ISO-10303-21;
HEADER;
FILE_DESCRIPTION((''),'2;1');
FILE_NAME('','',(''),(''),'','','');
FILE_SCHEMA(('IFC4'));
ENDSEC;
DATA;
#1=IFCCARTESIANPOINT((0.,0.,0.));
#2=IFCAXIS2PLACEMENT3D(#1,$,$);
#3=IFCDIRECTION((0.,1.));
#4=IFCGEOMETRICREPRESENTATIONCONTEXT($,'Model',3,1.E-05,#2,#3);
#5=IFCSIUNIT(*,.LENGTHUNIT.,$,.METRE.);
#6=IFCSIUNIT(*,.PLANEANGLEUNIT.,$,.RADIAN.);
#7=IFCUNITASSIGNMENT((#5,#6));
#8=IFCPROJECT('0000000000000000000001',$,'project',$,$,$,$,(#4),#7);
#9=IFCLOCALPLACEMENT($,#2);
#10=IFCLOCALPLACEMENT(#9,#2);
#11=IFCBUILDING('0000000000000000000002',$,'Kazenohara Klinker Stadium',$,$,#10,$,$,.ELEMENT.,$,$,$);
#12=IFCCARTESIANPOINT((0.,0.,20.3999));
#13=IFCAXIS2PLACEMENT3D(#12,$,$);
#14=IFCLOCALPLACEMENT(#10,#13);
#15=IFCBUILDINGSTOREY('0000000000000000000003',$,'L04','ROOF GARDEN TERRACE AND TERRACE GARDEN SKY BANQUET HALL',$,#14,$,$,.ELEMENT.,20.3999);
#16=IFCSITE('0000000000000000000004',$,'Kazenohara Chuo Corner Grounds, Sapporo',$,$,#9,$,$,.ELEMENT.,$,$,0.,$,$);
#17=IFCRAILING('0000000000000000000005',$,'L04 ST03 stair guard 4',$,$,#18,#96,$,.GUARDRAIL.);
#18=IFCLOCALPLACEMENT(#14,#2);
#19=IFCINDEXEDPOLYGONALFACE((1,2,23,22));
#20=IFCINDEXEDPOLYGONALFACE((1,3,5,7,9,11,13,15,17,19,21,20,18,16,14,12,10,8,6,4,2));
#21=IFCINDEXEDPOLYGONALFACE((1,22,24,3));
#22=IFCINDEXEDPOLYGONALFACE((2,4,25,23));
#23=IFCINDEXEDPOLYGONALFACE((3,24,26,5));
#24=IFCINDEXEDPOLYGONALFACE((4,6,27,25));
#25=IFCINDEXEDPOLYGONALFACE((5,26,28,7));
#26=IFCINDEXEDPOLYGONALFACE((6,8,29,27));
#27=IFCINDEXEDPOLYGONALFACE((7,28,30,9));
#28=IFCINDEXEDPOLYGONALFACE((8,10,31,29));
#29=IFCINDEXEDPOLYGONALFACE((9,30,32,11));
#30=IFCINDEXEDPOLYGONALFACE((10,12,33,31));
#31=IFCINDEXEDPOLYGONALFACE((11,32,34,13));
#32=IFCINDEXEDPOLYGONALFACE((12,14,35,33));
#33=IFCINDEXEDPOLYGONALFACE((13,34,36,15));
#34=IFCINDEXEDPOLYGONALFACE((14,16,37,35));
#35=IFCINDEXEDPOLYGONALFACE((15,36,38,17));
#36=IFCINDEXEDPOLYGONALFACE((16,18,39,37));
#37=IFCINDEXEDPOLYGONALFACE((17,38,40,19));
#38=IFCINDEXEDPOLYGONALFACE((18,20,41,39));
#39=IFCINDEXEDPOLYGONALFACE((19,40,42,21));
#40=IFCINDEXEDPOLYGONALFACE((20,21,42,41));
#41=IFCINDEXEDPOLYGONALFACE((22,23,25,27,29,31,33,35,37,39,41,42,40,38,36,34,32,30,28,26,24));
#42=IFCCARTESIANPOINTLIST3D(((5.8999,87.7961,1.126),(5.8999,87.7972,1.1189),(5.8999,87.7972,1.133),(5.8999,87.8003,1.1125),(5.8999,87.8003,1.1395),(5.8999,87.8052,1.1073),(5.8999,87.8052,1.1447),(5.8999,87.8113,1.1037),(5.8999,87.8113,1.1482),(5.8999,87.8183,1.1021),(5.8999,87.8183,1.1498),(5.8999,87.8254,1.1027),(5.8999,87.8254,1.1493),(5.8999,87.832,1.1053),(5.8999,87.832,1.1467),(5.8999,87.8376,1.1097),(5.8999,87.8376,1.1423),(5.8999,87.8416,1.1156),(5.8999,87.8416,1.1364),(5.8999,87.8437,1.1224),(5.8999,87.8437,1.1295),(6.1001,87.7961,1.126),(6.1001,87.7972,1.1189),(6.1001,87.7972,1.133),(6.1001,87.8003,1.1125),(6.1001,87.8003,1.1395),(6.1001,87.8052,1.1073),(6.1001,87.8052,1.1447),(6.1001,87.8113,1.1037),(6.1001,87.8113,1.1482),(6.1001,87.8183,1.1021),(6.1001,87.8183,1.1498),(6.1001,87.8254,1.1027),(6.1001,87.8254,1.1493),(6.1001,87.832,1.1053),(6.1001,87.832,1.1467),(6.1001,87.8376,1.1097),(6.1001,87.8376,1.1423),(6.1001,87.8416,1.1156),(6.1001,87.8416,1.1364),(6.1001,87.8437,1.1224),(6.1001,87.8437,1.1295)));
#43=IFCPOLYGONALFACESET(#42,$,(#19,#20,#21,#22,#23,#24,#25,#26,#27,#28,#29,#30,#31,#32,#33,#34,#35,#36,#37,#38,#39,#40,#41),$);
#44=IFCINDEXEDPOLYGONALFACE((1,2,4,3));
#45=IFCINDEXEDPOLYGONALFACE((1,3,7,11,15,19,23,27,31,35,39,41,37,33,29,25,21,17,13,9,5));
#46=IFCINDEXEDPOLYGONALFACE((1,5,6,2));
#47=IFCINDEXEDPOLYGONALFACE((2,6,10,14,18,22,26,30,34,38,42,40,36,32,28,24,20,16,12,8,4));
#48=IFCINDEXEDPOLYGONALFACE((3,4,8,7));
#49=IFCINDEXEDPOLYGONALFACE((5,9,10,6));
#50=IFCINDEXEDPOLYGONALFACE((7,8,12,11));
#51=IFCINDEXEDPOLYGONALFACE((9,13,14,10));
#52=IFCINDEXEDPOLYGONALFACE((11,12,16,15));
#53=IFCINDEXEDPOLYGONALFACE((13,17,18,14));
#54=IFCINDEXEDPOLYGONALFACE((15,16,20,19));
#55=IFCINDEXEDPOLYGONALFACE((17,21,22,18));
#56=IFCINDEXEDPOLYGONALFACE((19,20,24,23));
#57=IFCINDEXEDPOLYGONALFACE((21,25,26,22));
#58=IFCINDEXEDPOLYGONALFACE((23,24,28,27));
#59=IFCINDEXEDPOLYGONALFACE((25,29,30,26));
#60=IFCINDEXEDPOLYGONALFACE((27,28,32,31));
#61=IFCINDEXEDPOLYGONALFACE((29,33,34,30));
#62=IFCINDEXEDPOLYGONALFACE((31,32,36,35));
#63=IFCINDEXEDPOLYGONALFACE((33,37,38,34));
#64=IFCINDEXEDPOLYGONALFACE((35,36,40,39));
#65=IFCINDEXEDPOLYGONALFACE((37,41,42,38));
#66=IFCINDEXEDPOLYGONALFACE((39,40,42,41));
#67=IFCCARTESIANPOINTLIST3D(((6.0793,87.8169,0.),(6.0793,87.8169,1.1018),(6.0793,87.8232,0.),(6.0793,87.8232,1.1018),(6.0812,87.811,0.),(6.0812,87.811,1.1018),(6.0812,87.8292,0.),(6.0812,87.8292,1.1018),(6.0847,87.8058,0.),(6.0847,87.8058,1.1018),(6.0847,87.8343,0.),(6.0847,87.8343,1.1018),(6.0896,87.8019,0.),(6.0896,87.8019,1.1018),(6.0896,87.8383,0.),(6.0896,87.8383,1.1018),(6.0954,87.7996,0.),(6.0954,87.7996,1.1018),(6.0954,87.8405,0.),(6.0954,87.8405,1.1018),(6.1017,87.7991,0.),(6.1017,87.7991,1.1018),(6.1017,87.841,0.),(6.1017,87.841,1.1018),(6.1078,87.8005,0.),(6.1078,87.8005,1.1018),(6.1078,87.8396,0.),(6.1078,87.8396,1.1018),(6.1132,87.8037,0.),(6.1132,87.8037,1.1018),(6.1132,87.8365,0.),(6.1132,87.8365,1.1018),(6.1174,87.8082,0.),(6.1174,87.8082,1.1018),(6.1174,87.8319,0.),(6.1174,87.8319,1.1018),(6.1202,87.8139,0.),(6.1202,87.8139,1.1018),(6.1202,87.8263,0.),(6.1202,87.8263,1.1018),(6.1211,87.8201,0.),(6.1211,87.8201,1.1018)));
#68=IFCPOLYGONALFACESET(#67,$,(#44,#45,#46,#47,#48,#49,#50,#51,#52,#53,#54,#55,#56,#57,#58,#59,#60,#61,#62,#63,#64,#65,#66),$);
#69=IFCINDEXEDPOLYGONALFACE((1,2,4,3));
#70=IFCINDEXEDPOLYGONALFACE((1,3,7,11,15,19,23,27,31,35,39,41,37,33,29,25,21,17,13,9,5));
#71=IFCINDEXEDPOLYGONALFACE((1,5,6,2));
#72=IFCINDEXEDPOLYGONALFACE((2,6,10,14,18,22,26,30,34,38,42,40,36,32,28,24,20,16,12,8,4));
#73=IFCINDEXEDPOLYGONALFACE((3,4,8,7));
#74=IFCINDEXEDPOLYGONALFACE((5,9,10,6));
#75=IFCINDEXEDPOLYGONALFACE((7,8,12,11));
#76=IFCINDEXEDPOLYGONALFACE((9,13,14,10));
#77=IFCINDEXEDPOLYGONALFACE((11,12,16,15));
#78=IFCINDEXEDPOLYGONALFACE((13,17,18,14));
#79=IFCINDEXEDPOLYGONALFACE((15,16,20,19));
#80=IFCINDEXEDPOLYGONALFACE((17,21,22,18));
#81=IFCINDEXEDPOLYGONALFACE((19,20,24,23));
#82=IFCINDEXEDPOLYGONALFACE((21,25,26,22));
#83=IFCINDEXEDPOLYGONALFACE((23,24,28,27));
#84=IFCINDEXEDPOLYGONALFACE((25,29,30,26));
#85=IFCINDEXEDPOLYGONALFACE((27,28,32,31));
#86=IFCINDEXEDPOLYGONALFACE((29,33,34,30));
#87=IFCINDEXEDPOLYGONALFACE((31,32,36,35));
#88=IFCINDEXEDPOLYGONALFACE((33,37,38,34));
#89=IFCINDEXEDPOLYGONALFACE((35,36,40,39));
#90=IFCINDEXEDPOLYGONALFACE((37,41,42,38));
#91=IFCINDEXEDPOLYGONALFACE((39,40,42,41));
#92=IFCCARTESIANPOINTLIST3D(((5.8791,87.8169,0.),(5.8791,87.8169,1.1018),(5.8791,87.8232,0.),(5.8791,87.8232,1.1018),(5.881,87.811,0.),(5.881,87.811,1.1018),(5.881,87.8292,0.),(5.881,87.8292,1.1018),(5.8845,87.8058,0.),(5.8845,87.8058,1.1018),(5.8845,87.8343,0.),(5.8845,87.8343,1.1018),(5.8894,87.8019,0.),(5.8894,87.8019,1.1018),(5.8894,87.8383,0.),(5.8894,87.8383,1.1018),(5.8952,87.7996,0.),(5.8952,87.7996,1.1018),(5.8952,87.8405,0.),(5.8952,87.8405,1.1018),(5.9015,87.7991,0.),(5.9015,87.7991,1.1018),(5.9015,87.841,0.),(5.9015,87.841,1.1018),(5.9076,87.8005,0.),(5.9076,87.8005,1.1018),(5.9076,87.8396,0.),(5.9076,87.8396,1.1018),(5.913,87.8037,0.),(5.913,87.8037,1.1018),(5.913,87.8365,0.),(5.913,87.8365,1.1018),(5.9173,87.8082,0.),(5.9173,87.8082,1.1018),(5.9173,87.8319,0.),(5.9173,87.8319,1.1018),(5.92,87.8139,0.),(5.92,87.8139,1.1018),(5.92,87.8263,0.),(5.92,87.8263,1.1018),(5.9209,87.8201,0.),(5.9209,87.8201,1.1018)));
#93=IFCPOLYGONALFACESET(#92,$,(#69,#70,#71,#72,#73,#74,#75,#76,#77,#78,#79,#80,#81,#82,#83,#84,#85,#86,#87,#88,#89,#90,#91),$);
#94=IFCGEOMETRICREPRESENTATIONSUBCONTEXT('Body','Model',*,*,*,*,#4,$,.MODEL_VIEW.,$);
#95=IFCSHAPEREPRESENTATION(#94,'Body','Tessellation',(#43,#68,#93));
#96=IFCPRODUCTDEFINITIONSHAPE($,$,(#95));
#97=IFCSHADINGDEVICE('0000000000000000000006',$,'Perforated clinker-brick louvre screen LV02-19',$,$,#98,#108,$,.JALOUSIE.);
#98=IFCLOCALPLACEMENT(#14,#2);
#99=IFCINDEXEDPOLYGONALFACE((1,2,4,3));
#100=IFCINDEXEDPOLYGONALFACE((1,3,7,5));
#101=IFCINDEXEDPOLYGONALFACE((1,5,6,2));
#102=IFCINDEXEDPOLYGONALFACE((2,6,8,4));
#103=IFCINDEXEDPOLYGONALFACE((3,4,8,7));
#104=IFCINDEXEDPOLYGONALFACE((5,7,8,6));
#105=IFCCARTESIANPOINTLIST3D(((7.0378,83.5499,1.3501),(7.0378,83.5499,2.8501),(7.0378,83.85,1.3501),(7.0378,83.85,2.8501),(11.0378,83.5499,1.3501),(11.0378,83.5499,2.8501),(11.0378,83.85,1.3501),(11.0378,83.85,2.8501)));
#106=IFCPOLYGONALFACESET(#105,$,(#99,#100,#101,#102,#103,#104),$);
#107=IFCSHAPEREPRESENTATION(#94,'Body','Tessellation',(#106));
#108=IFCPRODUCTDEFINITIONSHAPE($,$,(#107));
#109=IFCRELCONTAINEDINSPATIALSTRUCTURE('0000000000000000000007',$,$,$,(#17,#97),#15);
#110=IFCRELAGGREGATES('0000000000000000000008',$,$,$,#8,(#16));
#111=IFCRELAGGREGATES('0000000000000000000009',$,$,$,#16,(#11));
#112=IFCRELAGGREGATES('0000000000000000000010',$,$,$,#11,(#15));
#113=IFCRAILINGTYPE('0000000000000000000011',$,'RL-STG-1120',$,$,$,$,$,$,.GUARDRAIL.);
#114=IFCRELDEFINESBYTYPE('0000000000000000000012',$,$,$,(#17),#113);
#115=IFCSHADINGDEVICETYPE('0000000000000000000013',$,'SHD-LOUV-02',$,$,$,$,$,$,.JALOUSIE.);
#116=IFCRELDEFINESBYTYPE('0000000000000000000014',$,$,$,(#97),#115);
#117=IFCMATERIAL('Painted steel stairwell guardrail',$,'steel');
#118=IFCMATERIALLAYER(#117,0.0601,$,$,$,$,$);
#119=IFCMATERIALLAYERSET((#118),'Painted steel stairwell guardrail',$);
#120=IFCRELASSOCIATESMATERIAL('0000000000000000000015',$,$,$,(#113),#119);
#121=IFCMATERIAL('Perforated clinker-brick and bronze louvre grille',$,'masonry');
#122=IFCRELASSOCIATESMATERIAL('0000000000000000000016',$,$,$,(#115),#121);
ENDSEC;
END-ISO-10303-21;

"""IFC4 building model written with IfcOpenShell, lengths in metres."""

from ifc_helpers import new_model, si_unit, direction, frame, origin, origin_2d, place, context, subcontext, project, spatial, rectangle, circle, extrude, material, layer, layer_set, type_object, element, save


model = new_model("IFC4")

# Units and contexts
model_context = context("Model", 3, precision=1e-05, world=origin(), true_north=direction((0.0, 1.0)))
body_context = subcontext(model_context, "Body", "Model", "MODEL_VIEW")
ifc_project = project(units=[si_unit("LENGTHUNIT", "METRE"), si_unit("PLANEANGLEUNIT", "RADIAN")], contexts=[model_context])

# Site, building, storey
site_placement = place(None, origin())
site = spatial("IfcSite", under=ifc_project, at=site_placement, Name="Kazenohara Chuo Corner Grounds, Sapporo", CompositionType="ELEMENT", RefElevation=0.0)
building_placement = place(site_placement, origin())
building = spatial("IfcBuilding", under=site, at=building_placement, Name="Kazenohara Klinker Stadium", CompositionType="ELEMENT")
storey_placement = place(building_placement, frame((0.0, 0.0, 20.3999)))
storey = spatial("IfcBuildingStorey", under=building, at=storey_placement, Name="L04", Description="ROOF GARDEN TERRACE AND TERRACE GARDEN SKY BANQUET HALL", CompositionType="ELEMENT", Elevation=20.3999)

# Railing
ifc_material_1 = material(Name="Painted steel stairwell guardrail", Category="steel")
ifc_layer_1 = layer(ifc_material_1, 0.0601)
ifc_layer_set_1 = layer_set([ifc_layer_1], Name="Painted steel stairwell guardrail")
railing_type_1 = type_object("IfcRailingType", Name="RL-STG-1120", PredefinedType="GUARDRAIL", material=ifc_layer_set_1)
railing_1_placement = place(storey_placement, frame((6.1001, 87.8201, 0.0)))
element("IfcRailing", 1, at=railing_1_placement, inside=storey, type_object=railing_type_1, Name="L04 ST03 stair guard 4", PredefinedType="GUARDRAIL", context=body_context, shape_type="SweptSolid", body=[
    extrude(circle(Radius=0.0239, at=origin_2d()), frame((0.0, 0.0, 1.126), z_axis=(-1.0, 0.0, 0.0), x_axis=(0.0, -1.0, 0.0)), (0.0, 0.0, 1.0), 0.2002),
    extrude(circle(Radius=0.021, at=origin_2d()), origin(), (0.0, 0.0, 1.0), 1.1018),
    extrude(circle(Radius=0.021, at=origin_2d()), frame((-0.2002, 0.0, 0.0)), (0.0, 0.0, 1.0), 1.1018),
])

# Shading device
ifc_material_2 = material(Name="Perforated clinker-brick and bronze louvre grille", Category="masonry")
shading_device_type = type_object("IfcShadingDeviceType", Name="SHD-LOUV-02", PredefinedType="JALOUSIE", material=ifc_material_2)
shading_device_placement = place(storey_placement, frame((9.0378, 83.7, 1.3501), z_axis=(0.0, 0.0, 1.0), x_axis=(1.0, 0.0, 0.0)))
element("IfcShadingDevice", 2, at=shading_device_placement, inside=storey, type_object=shading_device_type, Name="Perforated clinker-brick louvre screen LV02-19", PredefinedType="JALOUSIE", context=body_context, shape_type="SweptSolid", body=[
    extrude(rectangle(XDim=4.0, YDim=0.3, at=origin_2d()), origin(), (0.0, 0.0, 1.0), 1.5),
])

save(model, "model.ifc")
